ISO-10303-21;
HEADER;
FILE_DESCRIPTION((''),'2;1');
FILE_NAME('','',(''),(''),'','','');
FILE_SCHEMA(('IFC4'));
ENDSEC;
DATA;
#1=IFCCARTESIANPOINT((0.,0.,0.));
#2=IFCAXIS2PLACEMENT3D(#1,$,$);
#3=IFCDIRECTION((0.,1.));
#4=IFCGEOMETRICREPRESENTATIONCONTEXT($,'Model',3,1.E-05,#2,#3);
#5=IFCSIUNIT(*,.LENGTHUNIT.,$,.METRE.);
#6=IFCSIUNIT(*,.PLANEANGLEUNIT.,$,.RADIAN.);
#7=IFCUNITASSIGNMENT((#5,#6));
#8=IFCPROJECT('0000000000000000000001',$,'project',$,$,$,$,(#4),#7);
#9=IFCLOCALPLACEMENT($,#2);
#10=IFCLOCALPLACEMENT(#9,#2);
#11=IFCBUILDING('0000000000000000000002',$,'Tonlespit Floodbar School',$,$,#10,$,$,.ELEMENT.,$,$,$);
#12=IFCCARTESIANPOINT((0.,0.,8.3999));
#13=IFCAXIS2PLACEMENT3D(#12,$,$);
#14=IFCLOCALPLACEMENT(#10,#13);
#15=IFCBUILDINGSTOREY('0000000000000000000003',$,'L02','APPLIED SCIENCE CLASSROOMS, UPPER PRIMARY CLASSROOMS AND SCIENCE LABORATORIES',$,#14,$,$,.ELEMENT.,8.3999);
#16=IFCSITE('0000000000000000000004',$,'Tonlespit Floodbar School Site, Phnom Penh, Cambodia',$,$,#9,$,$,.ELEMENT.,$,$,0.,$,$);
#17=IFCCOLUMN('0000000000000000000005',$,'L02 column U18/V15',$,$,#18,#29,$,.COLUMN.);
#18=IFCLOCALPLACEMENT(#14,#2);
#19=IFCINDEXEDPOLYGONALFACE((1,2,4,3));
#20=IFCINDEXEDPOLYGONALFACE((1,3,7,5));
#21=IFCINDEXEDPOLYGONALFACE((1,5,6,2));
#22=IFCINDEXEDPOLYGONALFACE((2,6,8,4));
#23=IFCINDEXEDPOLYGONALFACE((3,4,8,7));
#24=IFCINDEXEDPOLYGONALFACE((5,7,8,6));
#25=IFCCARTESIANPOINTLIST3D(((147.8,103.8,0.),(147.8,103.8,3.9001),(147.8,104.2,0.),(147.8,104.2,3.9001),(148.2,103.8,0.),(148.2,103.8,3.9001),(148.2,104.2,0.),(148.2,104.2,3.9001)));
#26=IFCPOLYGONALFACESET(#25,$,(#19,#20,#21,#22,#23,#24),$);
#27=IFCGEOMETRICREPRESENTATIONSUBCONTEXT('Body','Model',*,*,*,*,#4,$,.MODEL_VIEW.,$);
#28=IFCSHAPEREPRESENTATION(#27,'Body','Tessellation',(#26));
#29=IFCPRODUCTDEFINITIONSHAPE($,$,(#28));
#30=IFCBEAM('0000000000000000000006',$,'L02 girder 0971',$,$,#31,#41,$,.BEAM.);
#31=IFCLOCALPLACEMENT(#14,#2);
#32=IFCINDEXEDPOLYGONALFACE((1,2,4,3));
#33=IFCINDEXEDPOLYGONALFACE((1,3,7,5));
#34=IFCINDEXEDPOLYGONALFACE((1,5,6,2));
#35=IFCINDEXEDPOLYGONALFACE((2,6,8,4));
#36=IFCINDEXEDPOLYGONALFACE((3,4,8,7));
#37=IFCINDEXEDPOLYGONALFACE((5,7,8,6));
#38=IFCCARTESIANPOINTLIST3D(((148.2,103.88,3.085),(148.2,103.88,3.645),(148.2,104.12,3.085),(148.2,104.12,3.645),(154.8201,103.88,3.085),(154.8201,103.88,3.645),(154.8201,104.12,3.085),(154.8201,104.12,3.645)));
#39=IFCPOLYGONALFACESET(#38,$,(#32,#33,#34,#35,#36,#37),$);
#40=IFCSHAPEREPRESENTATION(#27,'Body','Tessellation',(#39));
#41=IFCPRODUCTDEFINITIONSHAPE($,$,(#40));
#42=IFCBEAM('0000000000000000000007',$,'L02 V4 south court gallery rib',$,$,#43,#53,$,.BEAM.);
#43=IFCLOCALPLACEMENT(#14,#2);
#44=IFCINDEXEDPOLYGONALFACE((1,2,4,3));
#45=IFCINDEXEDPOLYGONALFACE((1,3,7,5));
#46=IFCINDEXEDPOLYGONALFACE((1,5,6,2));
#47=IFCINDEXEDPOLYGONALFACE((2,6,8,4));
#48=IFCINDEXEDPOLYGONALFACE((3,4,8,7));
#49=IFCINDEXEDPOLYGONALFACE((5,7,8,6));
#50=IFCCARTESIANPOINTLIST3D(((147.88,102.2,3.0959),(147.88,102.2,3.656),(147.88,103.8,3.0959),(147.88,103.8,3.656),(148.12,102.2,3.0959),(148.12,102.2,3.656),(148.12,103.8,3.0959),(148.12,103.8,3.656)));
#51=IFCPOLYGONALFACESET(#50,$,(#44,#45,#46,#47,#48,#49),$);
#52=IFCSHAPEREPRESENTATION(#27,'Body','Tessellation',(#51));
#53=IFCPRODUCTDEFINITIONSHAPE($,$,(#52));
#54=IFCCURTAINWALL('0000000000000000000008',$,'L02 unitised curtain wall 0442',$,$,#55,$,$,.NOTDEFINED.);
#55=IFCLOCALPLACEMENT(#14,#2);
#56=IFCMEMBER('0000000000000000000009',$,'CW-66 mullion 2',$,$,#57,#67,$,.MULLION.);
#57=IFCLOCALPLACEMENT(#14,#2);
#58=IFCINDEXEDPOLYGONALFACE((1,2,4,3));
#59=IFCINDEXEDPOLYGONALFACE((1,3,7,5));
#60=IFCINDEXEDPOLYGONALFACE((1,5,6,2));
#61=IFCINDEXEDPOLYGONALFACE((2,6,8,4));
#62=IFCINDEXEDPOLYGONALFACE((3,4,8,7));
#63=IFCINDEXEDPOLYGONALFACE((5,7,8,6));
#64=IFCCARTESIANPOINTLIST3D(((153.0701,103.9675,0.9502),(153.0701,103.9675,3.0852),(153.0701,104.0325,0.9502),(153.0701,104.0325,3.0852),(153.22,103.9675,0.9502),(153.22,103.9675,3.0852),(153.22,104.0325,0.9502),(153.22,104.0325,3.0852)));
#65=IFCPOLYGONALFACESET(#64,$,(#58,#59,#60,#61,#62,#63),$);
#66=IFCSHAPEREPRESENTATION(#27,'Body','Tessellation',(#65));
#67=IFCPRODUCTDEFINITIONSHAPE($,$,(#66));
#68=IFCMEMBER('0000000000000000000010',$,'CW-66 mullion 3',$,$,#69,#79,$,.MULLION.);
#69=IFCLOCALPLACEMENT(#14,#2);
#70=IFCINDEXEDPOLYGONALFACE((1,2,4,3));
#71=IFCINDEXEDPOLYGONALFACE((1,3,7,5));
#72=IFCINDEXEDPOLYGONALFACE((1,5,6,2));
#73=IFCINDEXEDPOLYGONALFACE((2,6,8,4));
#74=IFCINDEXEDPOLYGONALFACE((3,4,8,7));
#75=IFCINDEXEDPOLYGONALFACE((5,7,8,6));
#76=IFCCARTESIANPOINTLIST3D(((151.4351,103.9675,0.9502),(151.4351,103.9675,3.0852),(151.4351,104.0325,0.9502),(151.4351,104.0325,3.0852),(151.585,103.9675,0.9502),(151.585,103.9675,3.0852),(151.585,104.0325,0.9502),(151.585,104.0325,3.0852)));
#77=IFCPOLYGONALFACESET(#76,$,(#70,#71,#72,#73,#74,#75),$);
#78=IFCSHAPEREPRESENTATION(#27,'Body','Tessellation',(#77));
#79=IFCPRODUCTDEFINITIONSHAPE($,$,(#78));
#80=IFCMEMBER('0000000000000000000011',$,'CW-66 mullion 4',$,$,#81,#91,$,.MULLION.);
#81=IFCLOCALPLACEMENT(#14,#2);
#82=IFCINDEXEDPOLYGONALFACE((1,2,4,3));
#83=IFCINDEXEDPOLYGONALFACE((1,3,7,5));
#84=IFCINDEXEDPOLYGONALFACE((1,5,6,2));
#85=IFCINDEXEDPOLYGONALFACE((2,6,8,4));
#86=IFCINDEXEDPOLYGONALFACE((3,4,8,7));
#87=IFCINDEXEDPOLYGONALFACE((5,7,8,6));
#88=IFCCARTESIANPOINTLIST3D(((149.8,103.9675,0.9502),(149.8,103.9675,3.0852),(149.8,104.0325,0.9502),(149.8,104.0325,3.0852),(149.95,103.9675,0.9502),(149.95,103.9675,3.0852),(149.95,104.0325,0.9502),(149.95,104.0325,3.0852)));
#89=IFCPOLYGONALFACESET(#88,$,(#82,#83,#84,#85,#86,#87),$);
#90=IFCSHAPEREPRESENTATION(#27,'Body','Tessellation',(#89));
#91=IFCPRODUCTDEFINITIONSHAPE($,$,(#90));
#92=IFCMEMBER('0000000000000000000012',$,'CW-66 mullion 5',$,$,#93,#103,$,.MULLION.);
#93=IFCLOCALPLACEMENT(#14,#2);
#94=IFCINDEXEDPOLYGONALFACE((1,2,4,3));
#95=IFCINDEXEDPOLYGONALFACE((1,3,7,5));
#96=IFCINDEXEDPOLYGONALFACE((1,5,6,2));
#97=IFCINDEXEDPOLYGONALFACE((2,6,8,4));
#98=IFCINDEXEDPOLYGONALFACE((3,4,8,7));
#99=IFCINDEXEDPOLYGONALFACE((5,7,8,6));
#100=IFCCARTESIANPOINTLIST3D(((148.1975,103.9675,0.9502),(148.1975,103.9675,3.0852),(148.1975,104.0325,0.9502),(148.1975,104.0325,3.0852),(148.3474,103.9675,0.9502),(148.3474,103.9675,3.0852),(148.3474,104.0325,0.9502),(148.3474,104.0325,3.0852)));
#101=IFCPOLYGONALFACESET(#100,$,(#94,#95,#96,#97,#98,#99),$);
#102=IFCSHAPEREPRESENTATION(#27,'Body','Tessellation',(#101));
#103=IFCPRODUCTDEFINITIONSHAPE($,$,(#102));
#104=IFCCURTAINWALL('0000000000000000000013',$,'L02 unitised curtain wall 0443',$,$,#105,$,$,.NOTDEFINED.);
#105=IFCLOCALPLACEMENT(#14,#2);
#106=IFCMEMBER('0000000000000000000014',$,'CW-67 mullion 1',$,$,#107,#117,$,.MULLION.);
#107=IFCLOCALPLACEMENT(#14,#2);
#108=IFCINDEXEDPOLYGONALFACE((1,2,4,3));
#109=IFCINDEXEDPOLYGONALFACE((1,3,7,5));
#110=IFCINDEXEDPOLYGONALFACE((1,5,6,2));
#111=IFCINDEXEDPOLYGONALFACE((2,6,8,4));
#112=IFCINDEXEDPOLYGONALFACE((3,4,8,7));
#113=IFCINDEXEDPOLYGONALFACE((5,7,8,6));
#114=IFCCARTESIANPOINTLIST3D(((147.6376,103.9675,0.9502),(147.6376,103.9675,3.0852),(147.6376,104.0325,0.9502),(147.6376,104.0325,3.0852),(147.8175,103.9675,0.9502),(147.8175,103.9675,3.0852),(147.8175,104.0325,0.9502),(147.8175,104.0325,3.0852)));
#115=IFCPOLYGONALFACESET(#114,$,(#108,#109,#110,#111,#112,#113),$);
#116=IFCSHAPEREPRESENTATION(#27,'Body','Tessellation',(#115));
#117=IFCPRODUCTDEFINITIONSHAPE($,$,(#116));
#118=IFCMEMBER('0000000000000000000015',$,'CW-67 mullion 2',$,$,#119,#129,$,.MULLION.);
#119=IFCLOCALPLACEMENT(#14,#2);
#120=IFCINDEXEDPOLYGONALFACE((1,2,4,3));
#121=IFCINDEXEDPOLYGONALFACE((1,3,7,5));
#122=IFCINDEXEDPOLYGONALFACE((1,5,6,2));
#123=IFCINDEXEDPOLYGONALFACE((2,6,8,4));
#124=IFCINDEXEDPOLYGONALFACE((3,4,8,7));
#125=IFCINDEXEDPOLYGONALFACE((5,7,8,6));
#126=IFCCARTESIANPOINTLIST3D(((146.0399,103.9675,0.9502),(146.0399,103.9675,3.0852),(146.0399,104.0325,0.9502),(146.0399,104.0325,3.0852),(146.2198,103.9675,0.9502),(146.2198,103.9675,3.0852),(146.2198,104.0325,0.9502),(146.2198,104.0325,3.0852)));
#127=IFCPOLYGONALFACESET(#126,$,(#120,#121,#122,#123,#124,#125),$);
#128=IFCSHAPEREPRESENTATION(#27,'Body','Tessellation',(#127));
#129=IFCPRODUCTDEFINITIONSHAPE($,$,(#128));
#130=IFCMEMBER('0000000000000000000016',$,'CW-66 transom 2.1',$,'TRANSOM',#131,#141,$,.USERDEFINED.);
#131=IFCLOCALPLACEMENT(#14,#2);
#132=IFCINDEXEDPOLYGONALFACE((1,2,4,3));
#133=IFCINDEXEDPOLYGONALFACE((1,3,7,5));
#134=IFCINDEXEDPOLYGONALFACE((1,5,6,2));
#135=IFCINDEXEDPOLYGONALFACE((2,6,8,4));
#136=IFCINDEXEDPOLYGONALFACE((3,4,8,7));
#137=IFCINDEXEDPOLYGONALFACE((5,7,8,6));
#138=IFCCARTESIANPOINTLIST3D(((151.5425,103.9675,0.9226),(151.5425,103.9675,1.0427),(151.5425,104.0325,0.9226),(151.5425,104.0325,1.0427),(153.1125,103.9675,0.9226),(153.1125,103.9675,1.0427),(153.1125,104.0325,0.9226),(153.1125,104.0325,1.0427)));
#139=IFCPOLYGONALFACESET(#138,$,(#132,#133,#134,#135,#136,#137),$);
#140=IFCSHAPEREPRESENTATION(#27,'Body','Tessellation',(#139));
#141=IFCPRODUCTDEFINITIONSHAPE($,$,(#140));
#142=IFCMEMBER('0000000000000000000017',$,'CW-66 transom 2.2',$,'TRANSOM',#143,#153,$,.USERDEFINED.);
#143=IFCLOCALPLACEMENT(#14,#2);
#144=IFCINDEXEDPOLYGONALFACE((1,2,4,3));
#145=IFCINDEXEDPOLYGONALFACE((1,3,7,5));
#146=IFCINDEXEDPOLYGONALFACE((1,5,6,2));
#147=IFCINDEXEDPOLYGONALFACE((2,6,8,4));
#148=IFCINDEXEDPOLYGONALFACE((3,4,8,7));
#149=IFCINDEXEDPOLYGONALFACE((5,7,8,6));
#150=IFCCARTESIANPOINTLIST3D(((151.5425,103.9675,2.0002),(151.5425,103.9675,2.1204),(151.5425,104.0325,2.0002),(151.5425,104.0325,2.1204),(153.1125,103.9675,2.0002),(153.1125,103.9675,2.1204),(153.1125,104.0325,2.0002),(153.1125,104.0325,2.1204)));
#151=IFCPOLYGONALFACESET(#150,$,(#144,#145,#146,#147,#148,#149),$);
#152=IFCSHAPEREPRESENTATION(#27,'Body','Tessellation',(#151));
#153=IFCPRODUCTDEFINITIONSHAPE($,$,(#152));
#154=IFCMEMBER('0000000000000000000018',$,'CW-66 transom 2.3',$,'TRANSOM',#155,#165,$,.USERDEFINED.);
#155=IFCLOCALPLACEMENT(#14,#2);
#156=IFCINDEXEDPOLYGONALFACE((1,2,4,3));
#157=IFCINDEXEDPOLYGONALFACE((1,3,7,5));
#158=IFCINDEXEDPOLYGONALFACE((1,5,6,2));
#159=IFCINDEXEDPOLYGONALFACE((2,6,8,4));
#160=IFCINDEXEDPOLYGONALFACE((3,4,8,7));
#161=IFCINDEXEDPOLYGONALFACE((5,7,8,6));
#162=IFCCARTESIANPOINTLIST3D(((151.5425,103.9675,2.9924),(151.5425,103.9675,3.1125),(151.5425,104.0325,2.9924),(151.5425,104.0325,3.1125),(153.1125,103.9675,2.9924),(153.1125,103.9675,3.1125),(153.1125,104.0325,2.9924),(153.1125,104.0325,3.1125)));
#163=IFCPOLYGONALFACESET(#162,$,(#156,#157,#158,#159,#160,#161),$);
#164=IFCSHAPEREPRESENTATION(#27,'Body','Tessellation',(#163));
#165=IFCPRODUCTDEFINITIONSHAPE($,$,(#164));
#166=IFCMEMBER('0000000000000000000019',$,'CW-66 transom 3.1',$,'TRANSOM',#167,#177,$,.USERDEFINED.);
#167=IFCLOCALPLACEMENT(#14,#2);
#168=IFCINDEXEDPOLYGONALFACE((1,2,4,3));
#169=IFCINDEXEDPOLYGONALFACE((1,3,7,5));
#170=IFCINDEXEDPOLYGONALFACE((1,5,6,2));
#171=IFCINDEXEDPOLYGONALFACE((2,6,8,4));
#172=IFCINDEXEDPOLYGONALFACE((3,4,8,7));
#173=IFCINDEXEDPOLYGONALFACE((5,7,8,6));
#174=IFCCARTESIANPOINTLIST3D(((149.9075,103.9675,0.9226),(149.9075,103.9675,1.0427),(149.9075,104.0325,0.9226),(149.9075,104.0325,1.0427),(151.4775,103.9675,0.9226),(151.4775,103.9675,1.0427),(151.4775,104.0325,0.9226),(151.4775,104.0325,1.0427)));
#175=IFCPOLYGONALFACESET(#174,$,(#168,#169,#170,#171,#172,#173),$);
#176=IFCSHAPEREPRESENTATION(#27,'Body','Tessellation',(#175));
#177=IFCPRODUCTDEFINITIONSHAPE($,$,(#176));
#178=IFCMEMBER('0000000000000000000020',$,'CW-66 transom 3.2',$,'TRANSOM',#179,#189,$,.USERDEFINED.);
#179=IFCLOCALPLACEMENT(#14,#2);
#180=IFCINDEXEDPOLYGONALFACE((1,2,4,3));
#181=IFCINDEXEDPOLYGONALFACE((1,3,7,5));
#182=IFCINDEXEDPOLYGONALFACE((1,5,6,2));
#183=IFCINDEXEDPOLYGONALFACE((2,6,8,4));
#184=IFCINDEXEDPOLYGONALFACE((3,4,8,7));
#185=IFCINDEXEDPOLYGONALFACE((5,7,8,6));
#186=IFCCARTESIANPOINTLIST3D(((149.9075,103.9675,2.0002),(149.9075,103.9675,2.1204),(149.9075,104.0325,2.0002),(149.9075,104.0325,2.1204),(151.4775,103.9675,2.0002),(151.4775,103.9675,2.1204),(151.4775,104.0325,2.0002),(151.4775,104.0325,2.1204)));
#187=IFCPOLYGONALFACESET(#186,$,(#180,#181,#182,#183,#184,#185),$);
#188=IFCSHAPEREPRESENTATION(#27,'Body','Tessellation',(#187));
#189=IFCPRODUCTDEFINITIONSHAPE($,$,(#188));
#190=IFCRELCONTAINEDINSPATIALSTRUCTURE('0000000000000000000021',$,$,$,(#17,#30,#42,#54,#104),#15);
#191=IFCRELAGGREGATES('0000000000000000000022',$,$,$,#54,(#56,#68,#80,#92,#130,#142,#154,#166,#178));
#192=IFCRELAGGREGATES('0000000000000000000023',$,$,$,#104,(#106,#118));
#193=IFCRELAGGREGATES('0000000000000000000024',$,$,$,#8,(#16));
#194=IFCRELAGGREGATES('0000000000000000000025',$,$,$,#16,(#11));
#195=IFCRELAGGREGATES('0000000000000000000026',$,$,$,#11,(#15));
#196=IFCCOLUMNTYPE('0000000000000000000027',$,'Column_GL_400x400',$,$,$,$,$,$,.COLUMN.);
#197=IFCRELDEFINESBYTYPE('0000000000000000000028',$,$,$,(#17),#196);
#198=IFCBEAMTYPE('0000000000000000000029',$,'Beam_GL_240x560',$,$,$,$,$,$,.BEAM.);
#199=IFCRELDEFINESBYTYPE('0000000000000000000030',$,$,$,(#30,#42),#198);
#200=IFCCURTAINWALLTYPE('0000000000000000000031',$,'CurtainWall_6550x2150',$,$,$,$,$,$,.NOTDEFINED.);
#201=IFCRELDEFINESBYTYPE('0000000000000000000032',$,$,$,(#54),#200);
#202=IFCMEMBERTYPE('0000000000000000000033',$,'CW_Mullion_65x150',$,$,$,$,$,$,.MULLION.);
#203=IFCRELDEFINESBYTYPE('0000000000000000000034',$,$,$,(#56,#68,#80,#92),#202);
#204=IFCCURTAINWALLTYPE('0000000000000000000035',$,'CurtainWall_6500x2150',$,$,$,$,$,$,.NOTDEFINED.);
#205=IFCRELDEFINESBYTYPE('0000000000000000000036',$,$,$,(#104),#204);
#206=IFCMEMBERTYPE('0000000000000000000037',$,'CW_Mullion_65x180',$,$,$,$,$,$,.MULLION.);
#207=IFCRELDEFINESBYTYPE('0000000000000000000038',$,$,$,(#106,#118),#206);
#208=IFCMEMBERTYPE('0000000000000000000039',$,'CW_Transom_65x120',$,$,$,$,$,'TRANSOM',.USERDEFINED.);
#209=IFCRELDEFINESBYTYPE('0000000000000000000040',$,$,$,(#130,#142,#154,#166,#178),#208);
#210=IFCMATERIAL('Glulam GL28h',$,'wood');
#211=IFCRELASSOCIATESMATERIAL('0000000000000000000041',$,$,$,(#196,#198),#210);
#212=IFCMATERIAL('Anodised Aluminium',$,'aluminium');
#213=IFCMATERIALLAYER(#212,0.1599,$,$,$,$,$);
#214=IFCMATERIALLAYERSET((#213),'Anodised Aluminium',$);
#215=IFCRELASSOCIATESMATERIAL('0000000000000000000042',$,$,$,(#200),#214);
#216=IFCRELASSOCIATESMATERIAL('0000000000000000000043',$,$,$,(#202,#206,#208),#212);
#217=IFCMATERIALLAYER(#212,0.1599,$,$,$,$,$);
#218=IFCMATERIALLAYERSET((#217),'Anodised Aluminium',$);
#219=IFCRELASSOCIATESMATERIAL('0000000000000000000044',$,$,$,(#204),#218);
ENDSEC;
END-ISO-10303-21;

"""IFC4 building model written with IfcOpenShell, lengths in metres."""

from ifc_helpers import new_model, si_unit, direction, frame, origin, origin_2d, place, context, subcontext, project, spatial, rectangle, extrude, material, layer, layer_set, material_profile, profile_set, type_object, element, aggregate, save


model = new_model("IFC4")

# Units and contexts
model_context = context("Model", 3, precision=1e-05, world=origin(), true_north=direction((0.0, 1.0)))
body_context = subcontext(model_context, "Body", "Model", "MODEL_VIEW")
ifc_project = project(units=[si_unit("LENGTHUNIT", "METRE"), si_unit("PLANEANGLEUNIT", "RADIAN")], contexts=[model_context])

# Site, building, storey
site_placement = place(None, origin())
site = spatial("IfcSite", under=ifc_project, at=site_placement, Name="Tonlespit Floodbar School Site, Phnom Penh, Cambodia", CompositionType="ELEMENT", RefElevation=0.0)
building_placement = place(site_placement, origin())
building = spatial("IfcBuilding", under=site, at=building_placement, Name="Tonlespit Floodbar School", CompositionType="ELEMENT")
storey_placement = place(building_placement, frame((0.0, 0.0, 8.3999)))
storey = spatial("IfcBuildingStorey", under=building, at=storey_placement, Name="L02", Description="APPLIED SCIENCE CLASSROOMS, UPPER PRIMARY CLASSROOMS AND SCIENCE LABORATORIES", CompositionType="ELEMENT", Elevation=8.3999)

# Column
ifc_material_1 = material(Name="Glulam GL28h", Category="wood")
ifc_material_profile_1 = material_profile(ifc_material_1, rectangle(XDim=0.3999, YDim=0.3999, at=origin_2d()), Name="GL 400x400")
ifc_profile_set_1 = profile_set([ifc_material_profile_1], Name="Glulam GL28h")
column_type = type_object("IfcColumnType", Name="Column_GL_400x400", PredefinedType="COLUMN", material=ifc_profile_set_1)
column_placement = place(storey_placement, frame((148.0, 104.0, 0.0), z_axis=(0.0, 0.0, 1.0), x_axis=(1.0, 0.0, 0.0)))
element("IfcColumn", 1, at=column_placement, inside=storey, type_object=column_type, Name="L02 column U18/V15", PredefinedType="COLUMN", context=body_context, shape_type="SweptSolid", body=[
    extrude(rectangle(XDim=0.3999, YDim=0.3999, at=origin_2d()), origin(), (0.0, 0.0, 1.0), 3.9001),
])

# Beams
ifc_material_profile_2 = material_profile(ifc_material_1, rectangle(XDim=0.24, YDim=0.5601, at=origin_2d()), Name="GL 240x560")
ifc_profile_set_2 = profile_set([ifc_material_profile_2], Name="Glulam GL28h")
beam_type = type_object("IfcBeamType", Name="Beam_GL_240x560", PredefinedType="BEAM", material=ifc_profile_set_2)
beam_1_placement = place(storey_placement, frame((148.2, 104.0, 3.365), z_axis=(1.0, 0.0, 0.0), x_axis=(0.0, 1.0, 0.0)))
element("IfcBeam", 2, at=beam_1_placement, inside=storey, type_object=beam_type, Name="L02 girder 0971", PredefinedType="BEAM", context=body_context, shape_type="SweptSolid", body=[
    extrude(rectangle(XDim=0.24, YDim=0.5601, at=origin_2d()), origin(), (0.0, 0.0, 1.0), 6.6201),
])
beam_2_placement = place(storey_placement, frame((148.0, 103.8, 3.376), z_axis=(0.0, -1.0, 0.0), x_axis=(1.0, 0.0, 0.0)))
element("IfcBeam", 3, at=beam_2_placement, inside=storey, type_object=beam_type, Name="L02 V4 south court gallery rib", PredefinedType="BEAM", context=body_context, shape_type="SweptSolid", body=[
    extrude(rectangle(XDim=0.24, YDim=0.5601, at=origin_2d()), origin(), (0.0, 0.0, 1.0), 1.6001),
])

# Curtain walls, members
ifc_material_2 = material(Name="Anodised Aluminium", Category="aluminium")
ifc_layer_1 = layer(ifc_material_2, 0.1599)
ifc_layer_set_1 = layer_set([ifc_layer_1], Name="Anodised Aluminium")
curtain_wall_type_1 = type_object("IfcCurtainWallType", Name="CurtainWall_6550x2150", PredefinedType="NOTDEFINED", material=ifc_layer_set_1)
curtain_wall_1_placement = place(storey_placement, origin())
curtain_wall_1 = element("IfcCurtainWall", 4, at=curtain_wall_1_placement, inside=storey, type_object=curtain_wall_type_1, Name="L02 unitised curtain wall 0442", PredefinedType="NOTDEFINED")
ifc_material_profile_3 = material_profile(ifc_material_2, rectangle(XDim=0.0649, YDim=0.1499, at=origin_2d()), Name="ALU M65x150")
ifc_profile_set_3 = profile_set([ifc_material_profile_3], Name="Anodised Aluminium")
member_type_1 = type_object("IfcMemberType", Name="CW_Mullion_65x150", PredefinedType="MULLION", material=ifc_profile_set_3)
member_1_placement = place(storey_placement, frame((153.145, 104.0, 0.9502), z_axis=(0.0, 0.0, 1.0), x_axis=(0.0, -1.0, 0.0)))
member_1 = element("IfcMember", 5, at=member_1_placement, type_object=member_type_1, Name="CW-66 mullion 2", PredefinedType="MULLION", context=body_context, shape_type="SweptSolid", body=[
    extrude(rectangle(XDim=0.0649, YDim=0.1499, at=origin_2d()), origin(), (0.0, 0.0, 1.0), 2.135),
])
member_2_placement = place(storey_placement, frame((151.51, 104.0, 0.9502), z_axis=(0.0, 0.0, 1.0), x_axis=(0.0, -1.0, 0.0)))
member_2 = element("IfcMember", 6, at=member_2_placement, type_object=member_type_1, Name="CW-66 mullion 3", PredefinedType="MULLION", context=body_context, shape_type="SweptSolid", body=[
    extrude(rectangle(XDim=0.0649, YDim=0.1499, at=origin_2d()), origin(), (0.0, 0.0, 1.0), 2.135),
])
member_3_placement = place(storey_placement, frame((149.875, 104.0, 0.9502), z_axis=(0.0, 0.0, 1.0), x_axis=(0.0, -1.0, 0.0)))
member_3 = element("IfcMember", 7, at=member_3_placement, type_object=member_type_1, Name="CW-66 mullion 4", PredefinedType="MULLION", context=body_context, shape_type="SweptSolid", body=[
    extrude(rectangle(XDim=0.0649, YDim=0.1499, at=origin_2d()), origin(), (0.0, 0.0, 1.0), 2.135),
])
member_4_placement = place(storey_placement, frame((148.2725, 104.0, 0.9502), z_axis=(0.0, 0.0, 1.0), x_axis=(0.0, -1.0, 0.0)))
member_4 = element("IfcMember", 8, at=member_4_placement, type_object=member_type_1, Name="CW-66 mullion 5", PredefinedType="MULLION", context=body_context, shape_type="SweptSolid", body=[
    extrude(rectangle(XDim=0.0649, YDim=0.1499, at=origin_2d()), origin(), (0.0, 0.0, 1.0), 2.135),
])
ifc_layer_2 = layer(ifc_material_2, 0.1599)
ifc_layer_set_2 = layer_set([ifc_layer_2], Name="Anodised Aluminium")
curtain_wall_type_2 = type_object("IfcCurtainWallType", Name="CurtainWall_6500x2150", PredefinedType="NOTDEFINED", material=ifc_layer_set_2)
curtain_wall_2_placement = place(storey_placement, origin())
curtain_wall_2 = element("IfcCurtainWall", 9, at=curtain_wall_2_placement, inside=storey, type_object=curtain_wall_type_2, Name="L02 unitised curtain wall 0443", PredefinedType="NOTDEFINED")
ifc_material_profile_4 = material_profile(ifc_material_2, rectangle(XDim=0.0649, YDim=0.1799, at=origin_2d()), Name="ALU M65x180")
ifc_profile_set_4 = profile_set([ifc_material_profile_4], Name="Anodised Aluminium")
member_type_2 = type_object("IfcMemberType", Name="CW_Mullion_65x180", PredefinedType="MULLION", material=ifc_profile_set_4)
member_5_placement = place(storey_placement, frame((147.7275, 104.0, 0.9502), z_axis=(0.0, 0.0, 1.0), x_axis=(0.0, -1.0, 0.0)))
member_5 = element("IfcMember", 10, at=member_5_placement, type_object=member_type_2, Name="CW-67 mullion 1", PredefinedType="MULLION", context=body_context, shape_type="SweptSolid", body=[
    extrude(rectangle(XDim=0.0649, YDim=0.1799, at=origin_2d()), origin(), (0.0, 0.0, 1.0), 2.135),
])
member_6_placement = place(storey_placement, frame((146.1299, 104.0, 0.9502), z_axis=(0.0, 0.0, 1.0), x_axis=(0.0, -1.0, 0.0)))
member_6 = element("IfcMember", 11, at=member_6_placement, type_object=member_type_2, Name="CW-67 mullion 2", PredefinedType="MULLION", context=body_context, shape_type="SweptSolid", body=[
    extrude(rectangle(XDim=0.0649, YDim=0.1799, at=origin_2d()), origin(), (0.0, 0.0, 1.0), 2.135),
])

# Members
ifc_material_profile_5 = material_profile(ifc_material_2, rectangle(XDim=0.0649, YDim=0.1201, at=origin_2d()), Name="ALU T65x120")
ifc_profile_set_5 = profile_set([ifc_material_profile_5], Name="Anodised Aluminium")
member_type_3 = type_object("IfcMemberType", Name="CW_Transom_65x120", ElementType="TRANSOM", PredefinedType="USERDEFINED", material=ifc_profile_set_5)
member_7_placement = place(storey_placement, frame((153.1125, 104.0, 0.9827), z_axis=(-1.0, 0.0, 0.0), x_axis=(0.0, -1.0, 0.0)))
member_7 = element("IfcMember", 12, at=member_7_placement, type_object=member_type_3, Name="CW-66 transom 2.1", ObjectType="TRANSOM", PredefinedType="USERDEFINED", context=body_context, shape_type="SweptSolid", body=[
    extrude(rectangle(XDim=0.0649, YDim=0.1201, at=origin_2d()), origin(), (0.0, 0.0, 1.0), 1.5701),
])
member_8_placement = place(storey_placement, frame((153.1125, 104.0, 2.0603), z_axis=(-1.0, 0.0, 0.0), x_axis=(0.0, -1.0, 0.0)))
member_8 = element("IfcMember", 13, at=member_8_placement, type_object=member_type_3, Name="CW-66 transom 2.2", ObjectType="TRANSOM", PredefinedType="USERDEFINED", context=body_context, shape_type="SweptSolid", body=[
    extrude(rectangle(XDim=0.0649, YDim=0.1201, at=origin_2d()), origin(), (0.0, 0.0, 1.0), 1.5701),
])
member_9_placement = place(storey_placement, frame((153.1125, 104.0, 3.0525), z_axis=(-1.0, 0.0, 0.0), x_axis=(0.0, -1.0, 0.0)))
member_9 = element("IfcMember", 14, at=member_9_placement, type_object=member_type_3, Name="CW-66 transom 2.3", ObjectType="TRANSOM", PredefinedType="USERDEFINED", context=body_context, shape_type="SweptSolid", body=[
    extrude(rectangle(XDim=0.0649, YDim=0.1201, at=origin_2d()), origin(), (0.0, 0.0, 1.0), 1.5701),
])
member_10_placement = place(storey_placement, frame((151.4775, 104.0, 0.9827), z_axis=(-1.0, 0.0, 0.0), x_axis=(0.0, -1.0, 0.0)))
member_10 = element("IfcMember", 15, at=member_10_placement, type_object=member_type_3, Name="CW-66 transom 3.1", ObjectType="TRANSOM", PredefinedType="USERDEFINED", context=body_context, shape_type="SweptSolid", body=[
    extrude(rectangle(XDim=0.0649, YDim=0.1201, at=origin_2d()), origin(), (0.0, 0.0, 1.0), 1.5701),
])
member_11_placement = place(storey_placement, frame((151.4775, 104.0, 2.0603), z_axis=(-1.0, 0.0, 0.0), x_axis=(0.0, -1.0, 0.0)))
member_11 = element("IfcMember", 16, at=member_11_placement, type_object=member_type_3, Name="CW-66 transom 3.2", ObjectType="TRANSOM", PredefinedType="USERDEFINED", context=body_context, shape_type="SweptSolid", body=[
    extrude(rectangle(XDim=0.0649, YDim=0.1201, at=origin_2d()), origin(), (0.0, 0.0, 1.0), 1.5701),
])

aggregate(curtain_wall_1, [member_1, member_2, member_3, member_4, member_7, member_8, member_9, member_10, member_11])
aggregate(curtain_wall_2, [member_5, member_6])

save(model, "model.ifc")
